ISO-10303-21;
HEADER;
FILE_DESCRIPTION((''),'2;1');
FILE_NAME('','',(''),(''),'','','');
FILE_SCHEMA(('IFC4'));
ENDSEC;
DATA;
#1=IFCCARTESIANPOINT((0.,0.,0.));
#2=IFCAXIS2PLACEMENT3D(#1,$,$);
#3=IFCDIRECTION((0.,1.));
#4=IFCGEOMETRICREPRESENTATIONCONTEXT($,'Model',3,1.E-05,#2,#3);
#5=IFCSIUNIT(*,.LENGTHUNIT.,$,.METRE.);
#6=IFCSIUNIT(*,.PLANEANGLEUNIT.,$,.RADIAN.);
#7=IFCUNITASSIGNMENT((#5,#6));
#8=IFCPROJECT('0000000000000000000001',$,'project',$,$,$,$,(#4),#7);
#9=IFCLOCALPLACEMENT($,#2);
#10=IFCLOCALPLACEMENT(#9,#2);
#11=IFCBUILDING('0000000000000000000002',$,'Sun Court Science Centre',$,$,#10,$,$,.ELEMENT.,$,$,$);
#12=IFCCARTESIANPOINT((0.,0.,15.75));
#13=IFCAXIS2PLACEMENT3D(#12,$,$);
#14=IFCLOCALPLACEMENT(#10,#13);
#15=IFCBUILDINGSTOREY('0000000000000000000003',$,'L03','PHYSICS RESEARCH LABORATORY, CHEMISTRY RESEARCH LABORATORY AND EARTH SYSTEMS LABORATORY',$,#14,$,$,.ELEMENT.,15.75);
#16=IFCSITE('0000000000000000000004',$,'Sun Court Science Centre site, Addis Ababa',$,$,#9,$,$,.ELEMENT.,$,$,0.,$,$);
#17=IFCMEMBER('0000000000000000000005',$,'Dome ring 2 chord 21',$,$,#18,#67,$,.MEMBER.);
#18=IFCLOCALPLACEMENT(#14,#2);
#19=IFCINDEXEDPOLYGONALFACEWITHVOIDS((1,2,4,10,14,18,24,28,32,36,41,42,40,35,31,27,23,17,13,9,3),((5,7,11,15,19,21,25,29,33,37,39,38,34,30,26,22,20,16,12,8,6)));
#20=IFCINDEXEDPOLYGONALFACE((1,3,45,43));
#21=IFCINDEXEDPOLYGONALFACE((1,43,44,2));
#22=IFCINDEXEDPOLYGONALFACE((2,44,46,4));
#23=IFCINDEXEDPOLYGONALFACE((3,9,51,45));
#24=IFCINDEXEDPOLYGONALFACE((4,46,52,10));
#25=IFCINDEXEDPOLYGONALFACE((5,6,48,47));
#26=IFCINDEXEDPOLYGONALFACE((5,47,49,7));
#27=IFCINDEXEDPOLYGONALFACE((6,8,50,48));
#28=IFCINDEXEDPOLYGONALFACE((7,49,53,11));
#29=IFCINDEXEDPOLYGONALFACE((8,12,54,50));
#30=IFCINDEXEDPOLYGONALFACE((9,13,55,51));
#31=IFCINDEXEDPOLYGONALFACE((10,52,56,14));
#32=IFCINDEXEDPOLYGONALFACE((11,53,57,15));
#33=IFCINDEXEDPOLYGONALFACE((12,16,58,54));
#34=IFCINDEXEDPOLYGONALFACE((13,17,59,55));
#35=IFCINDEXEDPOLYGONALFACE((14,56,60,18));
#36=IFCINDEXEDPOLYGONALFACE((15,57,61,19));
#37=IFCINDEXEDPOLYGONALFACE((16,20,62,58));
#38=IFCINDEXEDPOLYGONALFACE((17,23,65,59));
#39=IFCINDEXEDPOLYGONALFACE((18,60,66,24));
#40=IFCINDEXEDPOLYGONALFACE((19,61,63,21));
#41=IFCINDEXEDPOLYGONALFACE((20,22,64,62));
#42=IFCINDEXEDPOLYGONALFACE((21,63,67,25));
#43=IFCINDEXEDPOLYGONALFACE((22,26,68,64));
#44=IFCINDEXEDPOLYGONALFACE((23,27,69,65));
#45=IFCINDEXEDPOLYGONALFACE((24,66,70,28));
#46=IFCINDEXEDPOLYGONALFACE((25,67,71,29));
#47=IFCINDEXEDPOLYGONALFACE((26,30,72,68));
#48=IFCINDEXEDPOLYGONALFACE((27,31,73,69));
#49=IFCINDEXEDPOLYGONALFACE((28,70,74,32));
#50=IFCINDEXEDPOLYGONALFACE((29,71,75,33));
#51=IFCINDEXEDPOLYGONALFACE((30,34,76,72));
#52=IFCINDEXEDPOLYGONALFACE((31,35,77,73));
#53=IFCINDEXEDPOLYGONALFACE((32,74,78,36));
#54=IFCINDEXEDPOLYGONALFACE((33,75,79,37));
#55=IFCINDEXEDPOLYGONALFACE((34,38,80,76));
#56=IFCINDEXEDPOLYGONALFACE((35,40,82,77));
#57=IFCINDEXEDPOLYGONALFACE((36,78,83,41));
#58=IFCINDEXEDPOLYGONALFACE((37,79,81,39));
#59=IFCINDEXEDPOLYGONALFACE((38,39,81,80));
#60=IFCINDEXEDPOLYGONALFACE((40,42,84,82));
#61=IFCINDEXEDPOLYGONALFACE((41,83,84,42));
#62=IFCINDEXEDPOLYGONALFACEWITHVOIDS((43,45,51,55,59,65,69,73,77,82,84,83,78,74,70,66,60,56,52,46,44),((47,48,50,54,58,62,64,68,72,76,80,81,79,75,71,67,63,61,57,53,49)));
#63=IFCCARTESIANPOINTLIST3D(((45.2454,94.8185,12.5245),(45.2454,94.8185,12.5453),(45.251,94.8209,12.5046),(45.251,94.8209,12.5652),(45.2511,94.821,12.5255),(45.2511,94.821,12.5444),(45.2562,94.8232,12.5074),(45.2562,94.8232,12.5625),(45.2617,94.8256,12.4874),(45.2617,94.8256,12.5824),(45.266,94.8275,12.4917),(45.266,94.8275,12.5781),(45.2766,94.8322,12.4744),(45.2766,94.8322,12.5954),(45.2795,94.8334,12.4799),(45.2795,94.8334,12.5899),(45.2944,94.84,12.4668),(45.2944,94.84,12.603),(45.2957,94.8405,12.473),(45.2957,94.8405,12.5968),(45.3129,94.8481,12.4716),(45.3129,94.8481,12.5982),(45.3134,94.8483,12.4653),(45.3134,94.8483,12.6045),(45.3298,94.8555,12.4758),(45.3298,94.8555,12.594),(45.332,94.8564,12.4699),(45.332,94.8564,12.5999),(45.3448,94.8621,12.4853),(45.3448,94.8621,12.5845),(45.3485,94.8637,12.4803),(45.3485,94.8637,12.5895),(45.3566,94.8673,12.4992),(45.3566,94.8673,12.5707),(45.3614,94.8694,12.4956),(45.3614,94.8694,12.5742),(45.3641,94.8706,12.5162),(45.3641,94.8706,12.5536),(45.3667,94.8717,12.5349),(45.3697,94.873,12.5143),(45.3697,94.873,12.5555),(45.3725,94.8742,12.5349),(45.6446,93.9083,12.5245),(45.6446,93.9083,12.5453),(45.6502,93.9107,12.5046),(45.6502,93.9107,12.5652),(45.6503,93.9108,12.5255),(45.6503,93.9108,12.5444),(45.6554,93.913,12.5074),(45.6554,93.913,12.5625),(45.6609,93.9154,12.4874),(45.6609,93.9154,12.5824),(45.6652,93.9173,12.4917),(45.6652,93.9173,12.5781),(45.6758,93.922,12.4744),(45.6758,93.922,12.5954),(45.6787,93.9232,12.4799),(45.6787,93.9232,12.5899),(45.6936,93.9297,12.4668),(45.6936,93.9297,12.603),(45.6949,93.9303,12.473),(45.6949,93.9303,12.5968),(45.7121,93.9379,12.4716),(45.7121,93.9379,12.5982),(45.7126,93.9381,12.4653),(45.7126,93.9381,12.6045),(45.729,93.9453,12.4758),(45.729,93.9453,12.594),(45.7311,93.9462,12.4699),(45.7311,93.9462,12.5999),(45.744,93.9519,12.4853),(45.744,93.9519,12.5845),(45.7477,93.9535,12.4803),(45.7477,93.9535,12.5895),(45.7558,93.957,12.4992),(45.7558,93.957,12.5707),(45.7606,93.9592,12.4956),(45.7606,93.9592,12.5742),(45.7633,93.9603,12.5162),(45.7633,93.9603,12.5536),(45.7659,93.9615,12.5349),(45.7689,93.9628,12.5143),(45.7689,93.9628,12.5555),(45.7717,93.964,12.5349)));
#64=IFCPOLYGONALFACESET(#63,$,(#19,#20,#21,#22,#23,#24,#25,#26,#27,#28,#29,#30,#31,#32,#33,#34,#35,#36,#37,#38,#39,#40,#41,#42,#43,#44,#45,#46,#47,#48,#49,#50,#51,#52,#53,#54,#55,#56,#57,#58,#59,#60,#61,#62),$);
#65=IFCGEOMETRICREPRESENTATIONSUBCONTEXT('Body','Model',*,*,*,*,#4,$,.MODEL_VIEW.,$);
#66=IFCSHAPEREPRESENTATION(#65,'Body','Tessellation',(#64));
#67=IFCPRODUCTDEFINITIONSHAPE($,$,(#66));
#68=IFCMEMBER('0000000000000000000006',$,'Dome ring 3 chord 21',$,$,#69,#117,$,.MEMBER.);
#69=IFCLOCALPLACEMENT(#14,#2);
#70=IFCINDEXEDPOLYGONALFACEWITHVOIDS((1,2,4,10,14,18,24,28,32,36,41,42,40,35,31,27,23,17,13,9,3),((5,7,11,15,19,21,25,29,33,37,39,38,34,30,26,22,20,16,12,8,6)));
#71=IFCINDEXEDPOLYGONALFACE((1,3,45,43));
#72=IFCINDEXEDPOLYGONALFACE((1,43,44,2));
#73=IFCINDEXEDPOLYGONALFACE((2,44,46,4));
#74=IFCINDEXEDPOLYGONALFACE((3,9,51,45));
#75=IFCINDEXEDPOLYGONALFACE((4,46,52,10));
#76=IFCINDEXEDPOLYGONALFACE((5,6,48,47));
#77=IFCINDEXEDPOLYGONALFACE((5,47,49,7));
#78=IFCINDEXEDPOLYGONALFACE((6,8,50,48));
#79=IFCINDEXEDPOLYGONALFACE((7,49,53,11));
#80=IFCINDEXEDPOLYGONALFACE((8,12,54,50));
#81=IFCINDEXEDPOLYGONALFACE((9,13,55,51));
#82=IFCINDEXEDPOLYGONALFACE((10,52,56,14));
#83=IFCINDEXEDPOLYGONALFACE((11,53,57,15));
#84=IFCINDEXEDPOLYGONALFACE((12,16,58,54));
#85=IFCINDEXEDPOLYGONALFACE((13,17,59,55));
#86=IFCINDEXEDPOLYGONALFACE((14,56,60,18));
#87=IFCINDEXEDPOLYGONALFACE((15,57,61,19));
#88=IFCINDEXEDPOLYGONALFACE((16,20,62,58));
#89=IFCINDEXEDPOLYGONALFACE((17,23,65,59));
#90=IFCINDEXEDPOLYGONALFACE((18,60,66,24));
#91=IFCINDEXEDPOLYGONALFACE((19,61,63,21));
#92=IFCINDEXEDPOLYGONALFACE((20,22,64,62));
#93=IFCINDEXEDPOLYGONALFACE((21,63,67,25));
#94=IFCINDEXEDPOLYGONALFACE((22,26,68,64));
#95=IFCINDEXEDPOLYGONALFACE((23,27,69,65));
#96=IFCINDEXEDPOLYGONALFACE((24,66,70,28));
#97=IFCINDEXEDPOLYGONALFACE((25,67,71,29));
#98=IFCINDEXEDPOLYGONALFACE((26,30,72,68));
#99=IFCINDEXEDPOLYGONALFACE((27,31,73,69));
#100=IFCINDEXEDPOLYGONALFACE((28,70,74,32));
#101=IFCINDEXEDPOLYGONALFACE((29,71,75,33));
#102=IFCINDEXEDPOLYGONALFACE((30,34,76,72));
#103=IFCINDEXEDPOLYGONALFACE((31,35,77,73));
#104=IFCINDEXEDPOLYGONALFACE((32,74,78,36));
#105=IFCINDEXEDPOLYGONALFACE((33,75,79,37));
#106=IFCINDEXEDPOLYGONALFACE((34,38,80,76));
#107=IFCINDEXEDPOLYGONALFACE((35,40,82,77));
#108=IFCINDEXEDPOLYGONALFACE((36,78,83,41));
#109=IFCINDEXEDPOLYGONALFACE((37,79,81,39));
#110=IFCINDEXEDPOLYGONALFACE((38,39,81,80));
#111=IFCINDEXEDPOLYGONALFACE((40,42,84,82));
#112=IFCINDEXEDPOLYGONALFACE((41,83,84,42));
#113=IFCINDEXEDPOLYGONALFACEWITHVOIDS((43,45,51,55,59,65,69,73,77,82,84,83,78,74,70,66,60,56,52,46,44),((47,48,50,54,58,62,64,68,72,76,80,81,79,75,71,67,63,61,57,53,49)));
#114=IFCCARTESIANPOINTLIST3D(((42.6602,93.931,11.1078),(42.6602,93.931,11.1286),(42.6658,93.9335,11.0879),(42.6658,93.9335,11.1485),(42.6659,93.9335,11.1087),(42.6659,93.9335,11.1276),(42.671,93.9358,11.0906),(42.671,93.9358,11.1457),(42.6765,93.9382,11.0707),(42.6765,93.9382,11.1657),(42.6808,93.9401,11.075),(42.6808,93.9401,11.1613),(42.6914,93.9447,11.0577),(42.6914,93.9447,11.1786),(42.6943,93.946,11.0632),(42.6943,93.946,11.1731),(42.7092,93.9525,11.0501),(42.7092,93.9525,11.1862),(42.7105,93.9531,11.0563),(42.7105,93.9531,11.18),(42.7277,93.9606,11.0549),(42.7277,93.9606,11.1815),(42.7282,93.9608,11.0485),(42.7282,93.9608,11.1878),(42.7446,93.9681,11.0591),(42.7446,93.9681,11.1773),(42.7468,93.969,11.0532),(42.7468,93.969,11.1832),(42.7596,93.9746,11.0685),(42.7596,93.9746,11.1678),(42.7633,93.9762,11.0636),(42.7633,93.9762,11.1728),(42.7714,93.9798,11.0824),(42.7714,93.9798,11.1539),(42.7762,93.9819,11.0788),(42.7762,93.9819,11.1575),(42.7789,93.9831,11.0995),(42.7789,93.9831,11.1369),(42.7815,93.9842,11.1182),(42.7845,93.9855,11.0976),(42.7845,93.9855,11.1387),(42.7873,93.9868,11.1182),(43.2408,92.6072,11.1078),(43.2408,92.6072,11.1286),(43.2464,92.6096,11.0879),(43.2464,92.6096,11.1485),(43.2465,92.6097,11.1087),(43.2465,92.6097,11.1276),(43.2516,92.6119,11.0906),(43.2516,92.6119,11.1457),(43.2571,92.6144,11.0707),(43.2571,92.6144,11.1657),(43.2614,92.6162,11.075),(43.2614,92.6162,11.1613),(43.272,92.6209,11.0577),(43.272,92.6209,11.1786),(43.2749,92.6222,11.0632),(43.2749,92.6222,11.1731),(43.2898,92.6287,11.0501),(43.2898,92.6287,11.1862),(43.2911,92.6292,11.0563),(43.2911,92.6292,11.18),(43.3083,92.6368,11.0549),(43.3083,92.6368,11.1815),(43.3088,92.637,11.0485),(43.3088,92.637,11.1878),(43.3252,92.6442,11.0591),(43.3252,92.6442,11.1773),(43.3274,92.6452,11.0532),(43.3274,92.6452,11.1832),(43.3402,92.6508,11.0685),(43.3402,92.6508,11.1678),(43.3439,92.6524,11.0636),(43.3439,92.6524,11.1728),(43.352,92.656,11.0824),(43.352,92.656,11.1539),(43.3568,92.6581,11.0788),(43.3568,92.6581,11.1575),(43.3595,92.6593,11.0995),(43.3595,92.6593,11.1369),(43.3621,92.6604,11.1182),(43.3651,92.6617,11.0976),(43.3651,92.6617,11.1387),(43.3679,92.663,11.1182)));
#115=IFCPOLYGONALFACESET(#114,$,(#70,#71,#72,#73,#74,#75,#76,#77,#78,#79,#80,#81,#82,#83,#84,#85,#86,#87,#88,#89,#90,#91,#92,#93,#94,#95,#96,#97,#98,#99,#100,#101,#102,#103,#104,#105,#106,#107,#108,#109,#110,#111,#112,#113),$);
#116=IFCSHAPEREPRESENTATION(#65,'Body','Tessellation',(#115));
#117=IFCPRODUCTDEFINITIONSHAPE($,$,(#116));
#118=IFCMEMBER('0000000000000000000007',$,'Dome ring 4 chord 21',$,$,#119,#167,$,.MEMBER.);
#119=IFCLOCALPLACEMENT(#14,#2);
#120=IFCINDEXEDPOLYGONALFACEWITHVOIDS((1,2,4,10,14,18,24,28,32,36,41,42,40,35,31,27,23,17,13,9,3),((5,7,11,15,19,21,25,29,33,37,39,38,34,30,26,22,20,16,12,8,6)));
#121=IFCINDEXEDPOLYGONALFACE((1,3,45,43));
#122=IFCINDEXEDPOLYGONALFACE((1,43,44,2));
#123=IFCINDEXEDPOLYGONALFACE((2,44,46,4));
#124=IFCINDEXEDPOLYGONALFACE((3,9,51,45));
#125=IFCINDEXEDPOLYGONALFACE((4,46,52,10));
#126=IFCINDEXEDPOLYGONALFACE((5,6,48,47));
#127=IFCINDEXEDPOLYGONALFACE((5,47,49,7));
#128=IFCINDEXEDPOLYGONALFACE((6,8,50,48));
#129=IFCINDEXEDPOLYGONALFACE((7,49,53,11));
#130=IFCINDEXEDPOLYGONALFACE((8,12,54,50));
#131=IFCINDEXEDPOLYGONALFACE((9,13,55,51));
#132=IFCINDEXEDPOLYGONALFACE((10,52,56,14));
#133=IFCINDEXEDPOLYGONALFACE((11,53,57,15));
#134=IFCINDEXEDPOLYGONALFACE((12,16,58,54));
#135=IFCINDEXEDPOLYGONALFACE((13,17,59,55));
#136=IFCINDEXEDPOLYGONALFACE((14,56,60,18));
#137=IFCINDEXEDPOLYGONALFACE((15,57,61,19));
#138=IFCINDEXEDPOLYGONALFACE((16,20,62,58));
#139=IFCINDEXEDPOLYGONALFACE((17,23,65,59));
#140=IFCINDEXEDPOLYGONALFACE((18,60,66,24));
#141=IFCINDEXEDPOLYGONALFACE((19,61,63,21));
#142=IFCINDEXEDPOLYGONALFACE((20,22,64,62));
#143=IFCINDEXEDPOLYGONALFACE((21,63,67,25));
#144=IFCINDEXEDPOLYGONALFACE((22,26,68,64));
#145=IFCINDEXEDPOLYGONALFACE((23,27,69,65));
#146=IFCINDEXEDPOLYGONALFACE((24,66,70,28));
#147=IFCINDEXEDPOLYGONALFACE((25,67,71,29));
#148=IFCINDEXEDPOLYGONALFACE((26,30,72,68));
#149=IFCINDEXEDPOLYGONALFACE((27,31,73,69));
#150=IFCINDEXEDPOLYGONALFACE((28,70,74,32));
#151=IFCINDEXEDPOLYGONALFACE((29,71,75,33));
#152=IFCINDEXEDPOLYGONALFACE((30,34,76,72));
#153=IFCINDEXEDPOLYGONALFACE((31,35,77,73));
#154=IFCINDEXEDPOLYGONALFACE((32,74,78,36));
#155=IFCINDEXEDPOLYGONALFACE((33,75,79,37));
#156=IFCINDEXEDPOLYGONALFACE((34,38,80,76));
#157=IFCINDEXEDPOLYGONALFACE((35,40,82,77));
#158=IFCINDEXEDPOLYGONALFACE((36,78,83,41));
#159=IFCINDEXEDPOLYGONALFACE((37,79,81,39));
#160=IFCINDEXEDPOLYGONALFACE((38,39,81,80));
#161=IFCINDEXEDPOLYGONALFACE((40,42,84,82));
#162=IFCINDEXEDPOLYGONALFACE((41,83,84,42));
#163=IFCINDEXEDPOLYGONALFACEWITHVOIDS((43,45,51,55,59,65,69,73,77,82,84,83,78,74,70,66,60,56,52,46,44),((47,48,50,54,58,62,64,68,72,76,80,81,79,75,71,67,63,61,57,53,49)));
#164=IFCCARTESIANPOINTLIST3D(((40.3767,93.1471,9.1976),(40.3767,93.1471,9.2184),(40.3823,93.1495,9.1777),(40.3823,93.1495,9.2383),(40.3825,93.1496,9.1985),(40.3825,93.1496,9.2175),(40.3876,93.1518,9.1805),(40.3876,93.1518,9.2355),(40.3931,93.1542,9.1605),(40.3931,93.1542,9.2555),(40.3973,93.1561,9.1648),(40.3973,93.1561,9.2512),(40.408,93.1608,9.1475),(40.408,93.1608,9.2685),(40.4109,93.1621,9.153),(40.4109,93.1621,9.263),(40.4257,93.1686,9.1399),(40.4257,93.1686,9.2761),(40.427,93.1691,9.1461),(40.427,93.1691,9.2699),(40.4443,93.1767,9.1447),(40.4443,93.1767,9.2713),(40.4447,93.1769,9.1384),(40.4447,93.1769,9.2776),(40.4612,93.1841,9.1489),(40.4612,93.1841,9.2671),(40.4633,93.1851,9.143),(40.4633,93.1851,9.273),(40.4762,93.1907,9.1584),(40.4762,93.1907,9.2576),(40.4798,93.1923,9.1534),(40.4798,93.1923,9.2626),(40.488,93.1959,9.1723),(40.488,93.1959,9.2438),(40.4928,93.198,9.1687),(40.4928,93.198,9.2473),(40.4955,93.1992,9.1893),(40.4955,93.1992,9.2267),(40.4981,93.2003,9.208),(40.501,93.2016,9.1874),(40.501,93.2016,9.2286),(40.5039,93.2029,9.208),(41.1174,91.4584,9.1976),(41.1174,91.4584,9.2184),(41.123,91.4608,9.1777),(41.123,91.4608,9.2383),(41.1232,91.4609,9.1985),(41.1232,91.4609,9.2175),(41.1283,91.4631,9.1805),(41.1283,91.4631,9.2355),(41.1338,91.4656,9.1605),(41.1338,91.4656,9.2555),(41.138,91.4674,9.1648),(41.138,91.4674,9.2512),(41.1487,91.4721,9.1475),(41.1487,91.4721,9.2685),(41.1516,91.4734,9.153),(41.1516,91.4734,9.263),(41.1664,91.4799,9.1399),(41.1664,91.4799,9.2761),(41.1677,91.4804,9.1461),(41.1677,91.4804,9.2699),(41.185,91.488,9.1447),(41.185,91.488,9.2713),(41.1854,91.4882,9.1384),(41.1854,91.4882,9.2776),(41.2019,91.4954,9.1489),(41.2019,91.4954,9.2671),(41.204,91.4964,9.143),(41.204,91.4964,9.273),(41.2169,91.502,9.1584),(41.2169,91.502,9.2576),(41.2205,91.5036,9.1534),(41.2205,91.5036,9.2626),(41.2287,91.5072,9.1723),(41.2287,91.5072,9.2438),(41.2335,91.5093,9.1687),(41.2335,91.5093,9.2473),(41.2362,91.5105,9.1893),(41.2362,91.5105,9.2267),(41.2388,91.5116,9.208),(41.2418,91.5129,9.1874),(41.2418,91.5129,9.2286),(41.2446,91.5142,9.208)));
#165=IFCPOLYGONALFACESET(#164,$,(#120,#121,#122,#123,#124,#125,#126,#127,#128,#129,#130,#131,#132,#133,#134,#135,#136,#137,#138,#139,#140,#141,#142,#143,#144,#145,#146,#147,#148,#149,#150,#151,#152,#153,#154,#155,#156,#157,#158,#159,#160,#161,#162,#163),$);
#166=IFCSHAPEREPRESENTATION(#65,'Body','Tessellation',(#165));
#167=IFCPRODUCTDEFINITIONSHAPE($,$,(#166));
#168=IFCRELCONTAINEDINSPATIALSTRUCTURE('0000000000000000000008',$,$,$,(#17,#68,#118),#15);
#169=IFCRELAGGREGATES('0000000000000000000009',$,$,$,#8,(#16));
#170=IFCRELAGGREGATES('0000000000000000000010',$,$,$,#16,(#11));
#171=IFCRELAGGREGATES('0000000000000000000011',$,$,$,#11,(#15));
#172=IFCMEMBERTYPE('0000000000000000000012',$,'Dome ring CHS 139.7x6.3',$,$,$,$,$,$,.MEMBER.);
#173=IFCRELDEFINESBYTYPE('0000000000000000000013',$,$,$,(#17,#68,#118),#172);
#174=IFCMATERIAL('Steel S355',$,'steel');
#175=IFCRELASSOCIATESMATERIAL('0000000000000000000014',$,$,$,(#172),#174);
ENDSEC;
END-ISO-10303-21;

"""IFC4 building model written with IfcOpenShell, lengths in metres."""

from ifc_helpers import new_model, si_unit, direction, frame, origin, origin_2d, place, context, subcontext, project, spatial, hollow_circle, extrude, material, material_profile, profile_set, type_object, element, save


model = new_model("IFC4")

# Units and contexts
model_context = context("Model", 3, precision=1e-05, world=origin(), true_north=direction((0.0, 1.0)))
body_context = subcontext(model_context, "Body", "Model", "MODEL_VIEW")
ifc_project = project(units=[si_unit("LENGTHUNIT", "METRE"), si_unit("PLANEANGLEUNIT", "RADIAN")], contexts=[model_context])

# Site, building, storey
site_placement = place(None, origin())
site = spatial("IfcSite", under=ifc_project, at=site_placement, Name="Sun Court Science Centre site, Addis Ababa", CompositionType="ELEMENT", RefElevation=0.0)
building_placement = place(site_placement, origin())
building = spatial("IfcBuilding", under=site, at=building_placement, Name="Sun Court Science Centre", CompositionType="ELEMENT")
storey_placement = place(building_placement, frame((0.0, 0.0, 15.75)))
storey = spatial("IfcBuildingStorey", under=building, at=storey_placement, Name="L03", Description="PHYSICS RESEARCH LABORATORY, CHEMISTRY RESEARCH LABORATORY AND EARTH SYSTEMS LABORATORY", CompositionType="ELEMENT", Elevation=15.75)

# Members
ifc_material_1 = material(Name="Steel S355", Category="steel")
ifc_material_profile_1 = material_profile(ifc_material_1, hollow_circle(Radius=0.0698, WallThickness=0.0063, at=origin_2d()), Name="CHS 139.7x6.3")
ifc_profile_set_1 = profile_set([ifc_material_profile_1], Name="Steel S355")
member_type_1 = type_object("IfcMemberType", Name="Dome ring CHS 139.7x6.3", PredefinedType="MEMBER", material=ifc_profile_set_1)
member_1_placement = place(storey_placement, frame((45.3086, 94.8462, 12.5349), z_axis=(0.401643, -0.915796, 0.0), x_axis=(0.915796, 0.401643, 0.0)))
element("IfcMember", 1, at=member_1_placement, inside=storey, type_object=member_type_1, Name="Dome ring 2 chord 21", PredefinedType="MEMBER", context=body_context, shape_type="SweptSolid", body=[
    extrude(hollow_circle(Radius=0.0698, WallThickness=0.0063, at=origin_2d()), origin(), (0.0, 0.0, 1.0), 0.9939),
])
member_2_placement = place(storey_placement, frame((42.7234, 93.9587, 11.1182), z_axis=(0.401652, -0.915793, 0.0), x_axis=(0.915793, 0.401652, 0.0)))
element("IfcMember", 2, at=member_2_placement, inside=storey, type_object=member_type_1, Name="Dome ring 3 chord 21", PredefinedType="MEMBER", context=body_context, shape_type="SweptSolid", body=[
    extrude(hollow_circle(Radius=0.0698, WallThickness=0.0063, at=origin_2d()), origin(), (0.0, 0.0, 1.0), 1.4456),
])
member_3_placement = place(storey_placement, frame((40.4399, 93.1748, 9.208), z_axis=(0.401687, -0.915777, 0.0), x_axis=(0.915777, 0.401687, 0.0)))
element("IfcMember", 3, at=member_3_placement, inside=storey, type_object=member_type_1, Name="Dome ring 4 chord 21", PredefinedType="MEMBER", context=body_context, shape_type="SweptSolid", body=[
    extrude(hollow_circle(Radius=0.0698, WallThickness=0.0063, at=origin_2d()), origin(), (0.0, 0.0, 1.0), 1.844),
])

save(model, "model.ifc")
